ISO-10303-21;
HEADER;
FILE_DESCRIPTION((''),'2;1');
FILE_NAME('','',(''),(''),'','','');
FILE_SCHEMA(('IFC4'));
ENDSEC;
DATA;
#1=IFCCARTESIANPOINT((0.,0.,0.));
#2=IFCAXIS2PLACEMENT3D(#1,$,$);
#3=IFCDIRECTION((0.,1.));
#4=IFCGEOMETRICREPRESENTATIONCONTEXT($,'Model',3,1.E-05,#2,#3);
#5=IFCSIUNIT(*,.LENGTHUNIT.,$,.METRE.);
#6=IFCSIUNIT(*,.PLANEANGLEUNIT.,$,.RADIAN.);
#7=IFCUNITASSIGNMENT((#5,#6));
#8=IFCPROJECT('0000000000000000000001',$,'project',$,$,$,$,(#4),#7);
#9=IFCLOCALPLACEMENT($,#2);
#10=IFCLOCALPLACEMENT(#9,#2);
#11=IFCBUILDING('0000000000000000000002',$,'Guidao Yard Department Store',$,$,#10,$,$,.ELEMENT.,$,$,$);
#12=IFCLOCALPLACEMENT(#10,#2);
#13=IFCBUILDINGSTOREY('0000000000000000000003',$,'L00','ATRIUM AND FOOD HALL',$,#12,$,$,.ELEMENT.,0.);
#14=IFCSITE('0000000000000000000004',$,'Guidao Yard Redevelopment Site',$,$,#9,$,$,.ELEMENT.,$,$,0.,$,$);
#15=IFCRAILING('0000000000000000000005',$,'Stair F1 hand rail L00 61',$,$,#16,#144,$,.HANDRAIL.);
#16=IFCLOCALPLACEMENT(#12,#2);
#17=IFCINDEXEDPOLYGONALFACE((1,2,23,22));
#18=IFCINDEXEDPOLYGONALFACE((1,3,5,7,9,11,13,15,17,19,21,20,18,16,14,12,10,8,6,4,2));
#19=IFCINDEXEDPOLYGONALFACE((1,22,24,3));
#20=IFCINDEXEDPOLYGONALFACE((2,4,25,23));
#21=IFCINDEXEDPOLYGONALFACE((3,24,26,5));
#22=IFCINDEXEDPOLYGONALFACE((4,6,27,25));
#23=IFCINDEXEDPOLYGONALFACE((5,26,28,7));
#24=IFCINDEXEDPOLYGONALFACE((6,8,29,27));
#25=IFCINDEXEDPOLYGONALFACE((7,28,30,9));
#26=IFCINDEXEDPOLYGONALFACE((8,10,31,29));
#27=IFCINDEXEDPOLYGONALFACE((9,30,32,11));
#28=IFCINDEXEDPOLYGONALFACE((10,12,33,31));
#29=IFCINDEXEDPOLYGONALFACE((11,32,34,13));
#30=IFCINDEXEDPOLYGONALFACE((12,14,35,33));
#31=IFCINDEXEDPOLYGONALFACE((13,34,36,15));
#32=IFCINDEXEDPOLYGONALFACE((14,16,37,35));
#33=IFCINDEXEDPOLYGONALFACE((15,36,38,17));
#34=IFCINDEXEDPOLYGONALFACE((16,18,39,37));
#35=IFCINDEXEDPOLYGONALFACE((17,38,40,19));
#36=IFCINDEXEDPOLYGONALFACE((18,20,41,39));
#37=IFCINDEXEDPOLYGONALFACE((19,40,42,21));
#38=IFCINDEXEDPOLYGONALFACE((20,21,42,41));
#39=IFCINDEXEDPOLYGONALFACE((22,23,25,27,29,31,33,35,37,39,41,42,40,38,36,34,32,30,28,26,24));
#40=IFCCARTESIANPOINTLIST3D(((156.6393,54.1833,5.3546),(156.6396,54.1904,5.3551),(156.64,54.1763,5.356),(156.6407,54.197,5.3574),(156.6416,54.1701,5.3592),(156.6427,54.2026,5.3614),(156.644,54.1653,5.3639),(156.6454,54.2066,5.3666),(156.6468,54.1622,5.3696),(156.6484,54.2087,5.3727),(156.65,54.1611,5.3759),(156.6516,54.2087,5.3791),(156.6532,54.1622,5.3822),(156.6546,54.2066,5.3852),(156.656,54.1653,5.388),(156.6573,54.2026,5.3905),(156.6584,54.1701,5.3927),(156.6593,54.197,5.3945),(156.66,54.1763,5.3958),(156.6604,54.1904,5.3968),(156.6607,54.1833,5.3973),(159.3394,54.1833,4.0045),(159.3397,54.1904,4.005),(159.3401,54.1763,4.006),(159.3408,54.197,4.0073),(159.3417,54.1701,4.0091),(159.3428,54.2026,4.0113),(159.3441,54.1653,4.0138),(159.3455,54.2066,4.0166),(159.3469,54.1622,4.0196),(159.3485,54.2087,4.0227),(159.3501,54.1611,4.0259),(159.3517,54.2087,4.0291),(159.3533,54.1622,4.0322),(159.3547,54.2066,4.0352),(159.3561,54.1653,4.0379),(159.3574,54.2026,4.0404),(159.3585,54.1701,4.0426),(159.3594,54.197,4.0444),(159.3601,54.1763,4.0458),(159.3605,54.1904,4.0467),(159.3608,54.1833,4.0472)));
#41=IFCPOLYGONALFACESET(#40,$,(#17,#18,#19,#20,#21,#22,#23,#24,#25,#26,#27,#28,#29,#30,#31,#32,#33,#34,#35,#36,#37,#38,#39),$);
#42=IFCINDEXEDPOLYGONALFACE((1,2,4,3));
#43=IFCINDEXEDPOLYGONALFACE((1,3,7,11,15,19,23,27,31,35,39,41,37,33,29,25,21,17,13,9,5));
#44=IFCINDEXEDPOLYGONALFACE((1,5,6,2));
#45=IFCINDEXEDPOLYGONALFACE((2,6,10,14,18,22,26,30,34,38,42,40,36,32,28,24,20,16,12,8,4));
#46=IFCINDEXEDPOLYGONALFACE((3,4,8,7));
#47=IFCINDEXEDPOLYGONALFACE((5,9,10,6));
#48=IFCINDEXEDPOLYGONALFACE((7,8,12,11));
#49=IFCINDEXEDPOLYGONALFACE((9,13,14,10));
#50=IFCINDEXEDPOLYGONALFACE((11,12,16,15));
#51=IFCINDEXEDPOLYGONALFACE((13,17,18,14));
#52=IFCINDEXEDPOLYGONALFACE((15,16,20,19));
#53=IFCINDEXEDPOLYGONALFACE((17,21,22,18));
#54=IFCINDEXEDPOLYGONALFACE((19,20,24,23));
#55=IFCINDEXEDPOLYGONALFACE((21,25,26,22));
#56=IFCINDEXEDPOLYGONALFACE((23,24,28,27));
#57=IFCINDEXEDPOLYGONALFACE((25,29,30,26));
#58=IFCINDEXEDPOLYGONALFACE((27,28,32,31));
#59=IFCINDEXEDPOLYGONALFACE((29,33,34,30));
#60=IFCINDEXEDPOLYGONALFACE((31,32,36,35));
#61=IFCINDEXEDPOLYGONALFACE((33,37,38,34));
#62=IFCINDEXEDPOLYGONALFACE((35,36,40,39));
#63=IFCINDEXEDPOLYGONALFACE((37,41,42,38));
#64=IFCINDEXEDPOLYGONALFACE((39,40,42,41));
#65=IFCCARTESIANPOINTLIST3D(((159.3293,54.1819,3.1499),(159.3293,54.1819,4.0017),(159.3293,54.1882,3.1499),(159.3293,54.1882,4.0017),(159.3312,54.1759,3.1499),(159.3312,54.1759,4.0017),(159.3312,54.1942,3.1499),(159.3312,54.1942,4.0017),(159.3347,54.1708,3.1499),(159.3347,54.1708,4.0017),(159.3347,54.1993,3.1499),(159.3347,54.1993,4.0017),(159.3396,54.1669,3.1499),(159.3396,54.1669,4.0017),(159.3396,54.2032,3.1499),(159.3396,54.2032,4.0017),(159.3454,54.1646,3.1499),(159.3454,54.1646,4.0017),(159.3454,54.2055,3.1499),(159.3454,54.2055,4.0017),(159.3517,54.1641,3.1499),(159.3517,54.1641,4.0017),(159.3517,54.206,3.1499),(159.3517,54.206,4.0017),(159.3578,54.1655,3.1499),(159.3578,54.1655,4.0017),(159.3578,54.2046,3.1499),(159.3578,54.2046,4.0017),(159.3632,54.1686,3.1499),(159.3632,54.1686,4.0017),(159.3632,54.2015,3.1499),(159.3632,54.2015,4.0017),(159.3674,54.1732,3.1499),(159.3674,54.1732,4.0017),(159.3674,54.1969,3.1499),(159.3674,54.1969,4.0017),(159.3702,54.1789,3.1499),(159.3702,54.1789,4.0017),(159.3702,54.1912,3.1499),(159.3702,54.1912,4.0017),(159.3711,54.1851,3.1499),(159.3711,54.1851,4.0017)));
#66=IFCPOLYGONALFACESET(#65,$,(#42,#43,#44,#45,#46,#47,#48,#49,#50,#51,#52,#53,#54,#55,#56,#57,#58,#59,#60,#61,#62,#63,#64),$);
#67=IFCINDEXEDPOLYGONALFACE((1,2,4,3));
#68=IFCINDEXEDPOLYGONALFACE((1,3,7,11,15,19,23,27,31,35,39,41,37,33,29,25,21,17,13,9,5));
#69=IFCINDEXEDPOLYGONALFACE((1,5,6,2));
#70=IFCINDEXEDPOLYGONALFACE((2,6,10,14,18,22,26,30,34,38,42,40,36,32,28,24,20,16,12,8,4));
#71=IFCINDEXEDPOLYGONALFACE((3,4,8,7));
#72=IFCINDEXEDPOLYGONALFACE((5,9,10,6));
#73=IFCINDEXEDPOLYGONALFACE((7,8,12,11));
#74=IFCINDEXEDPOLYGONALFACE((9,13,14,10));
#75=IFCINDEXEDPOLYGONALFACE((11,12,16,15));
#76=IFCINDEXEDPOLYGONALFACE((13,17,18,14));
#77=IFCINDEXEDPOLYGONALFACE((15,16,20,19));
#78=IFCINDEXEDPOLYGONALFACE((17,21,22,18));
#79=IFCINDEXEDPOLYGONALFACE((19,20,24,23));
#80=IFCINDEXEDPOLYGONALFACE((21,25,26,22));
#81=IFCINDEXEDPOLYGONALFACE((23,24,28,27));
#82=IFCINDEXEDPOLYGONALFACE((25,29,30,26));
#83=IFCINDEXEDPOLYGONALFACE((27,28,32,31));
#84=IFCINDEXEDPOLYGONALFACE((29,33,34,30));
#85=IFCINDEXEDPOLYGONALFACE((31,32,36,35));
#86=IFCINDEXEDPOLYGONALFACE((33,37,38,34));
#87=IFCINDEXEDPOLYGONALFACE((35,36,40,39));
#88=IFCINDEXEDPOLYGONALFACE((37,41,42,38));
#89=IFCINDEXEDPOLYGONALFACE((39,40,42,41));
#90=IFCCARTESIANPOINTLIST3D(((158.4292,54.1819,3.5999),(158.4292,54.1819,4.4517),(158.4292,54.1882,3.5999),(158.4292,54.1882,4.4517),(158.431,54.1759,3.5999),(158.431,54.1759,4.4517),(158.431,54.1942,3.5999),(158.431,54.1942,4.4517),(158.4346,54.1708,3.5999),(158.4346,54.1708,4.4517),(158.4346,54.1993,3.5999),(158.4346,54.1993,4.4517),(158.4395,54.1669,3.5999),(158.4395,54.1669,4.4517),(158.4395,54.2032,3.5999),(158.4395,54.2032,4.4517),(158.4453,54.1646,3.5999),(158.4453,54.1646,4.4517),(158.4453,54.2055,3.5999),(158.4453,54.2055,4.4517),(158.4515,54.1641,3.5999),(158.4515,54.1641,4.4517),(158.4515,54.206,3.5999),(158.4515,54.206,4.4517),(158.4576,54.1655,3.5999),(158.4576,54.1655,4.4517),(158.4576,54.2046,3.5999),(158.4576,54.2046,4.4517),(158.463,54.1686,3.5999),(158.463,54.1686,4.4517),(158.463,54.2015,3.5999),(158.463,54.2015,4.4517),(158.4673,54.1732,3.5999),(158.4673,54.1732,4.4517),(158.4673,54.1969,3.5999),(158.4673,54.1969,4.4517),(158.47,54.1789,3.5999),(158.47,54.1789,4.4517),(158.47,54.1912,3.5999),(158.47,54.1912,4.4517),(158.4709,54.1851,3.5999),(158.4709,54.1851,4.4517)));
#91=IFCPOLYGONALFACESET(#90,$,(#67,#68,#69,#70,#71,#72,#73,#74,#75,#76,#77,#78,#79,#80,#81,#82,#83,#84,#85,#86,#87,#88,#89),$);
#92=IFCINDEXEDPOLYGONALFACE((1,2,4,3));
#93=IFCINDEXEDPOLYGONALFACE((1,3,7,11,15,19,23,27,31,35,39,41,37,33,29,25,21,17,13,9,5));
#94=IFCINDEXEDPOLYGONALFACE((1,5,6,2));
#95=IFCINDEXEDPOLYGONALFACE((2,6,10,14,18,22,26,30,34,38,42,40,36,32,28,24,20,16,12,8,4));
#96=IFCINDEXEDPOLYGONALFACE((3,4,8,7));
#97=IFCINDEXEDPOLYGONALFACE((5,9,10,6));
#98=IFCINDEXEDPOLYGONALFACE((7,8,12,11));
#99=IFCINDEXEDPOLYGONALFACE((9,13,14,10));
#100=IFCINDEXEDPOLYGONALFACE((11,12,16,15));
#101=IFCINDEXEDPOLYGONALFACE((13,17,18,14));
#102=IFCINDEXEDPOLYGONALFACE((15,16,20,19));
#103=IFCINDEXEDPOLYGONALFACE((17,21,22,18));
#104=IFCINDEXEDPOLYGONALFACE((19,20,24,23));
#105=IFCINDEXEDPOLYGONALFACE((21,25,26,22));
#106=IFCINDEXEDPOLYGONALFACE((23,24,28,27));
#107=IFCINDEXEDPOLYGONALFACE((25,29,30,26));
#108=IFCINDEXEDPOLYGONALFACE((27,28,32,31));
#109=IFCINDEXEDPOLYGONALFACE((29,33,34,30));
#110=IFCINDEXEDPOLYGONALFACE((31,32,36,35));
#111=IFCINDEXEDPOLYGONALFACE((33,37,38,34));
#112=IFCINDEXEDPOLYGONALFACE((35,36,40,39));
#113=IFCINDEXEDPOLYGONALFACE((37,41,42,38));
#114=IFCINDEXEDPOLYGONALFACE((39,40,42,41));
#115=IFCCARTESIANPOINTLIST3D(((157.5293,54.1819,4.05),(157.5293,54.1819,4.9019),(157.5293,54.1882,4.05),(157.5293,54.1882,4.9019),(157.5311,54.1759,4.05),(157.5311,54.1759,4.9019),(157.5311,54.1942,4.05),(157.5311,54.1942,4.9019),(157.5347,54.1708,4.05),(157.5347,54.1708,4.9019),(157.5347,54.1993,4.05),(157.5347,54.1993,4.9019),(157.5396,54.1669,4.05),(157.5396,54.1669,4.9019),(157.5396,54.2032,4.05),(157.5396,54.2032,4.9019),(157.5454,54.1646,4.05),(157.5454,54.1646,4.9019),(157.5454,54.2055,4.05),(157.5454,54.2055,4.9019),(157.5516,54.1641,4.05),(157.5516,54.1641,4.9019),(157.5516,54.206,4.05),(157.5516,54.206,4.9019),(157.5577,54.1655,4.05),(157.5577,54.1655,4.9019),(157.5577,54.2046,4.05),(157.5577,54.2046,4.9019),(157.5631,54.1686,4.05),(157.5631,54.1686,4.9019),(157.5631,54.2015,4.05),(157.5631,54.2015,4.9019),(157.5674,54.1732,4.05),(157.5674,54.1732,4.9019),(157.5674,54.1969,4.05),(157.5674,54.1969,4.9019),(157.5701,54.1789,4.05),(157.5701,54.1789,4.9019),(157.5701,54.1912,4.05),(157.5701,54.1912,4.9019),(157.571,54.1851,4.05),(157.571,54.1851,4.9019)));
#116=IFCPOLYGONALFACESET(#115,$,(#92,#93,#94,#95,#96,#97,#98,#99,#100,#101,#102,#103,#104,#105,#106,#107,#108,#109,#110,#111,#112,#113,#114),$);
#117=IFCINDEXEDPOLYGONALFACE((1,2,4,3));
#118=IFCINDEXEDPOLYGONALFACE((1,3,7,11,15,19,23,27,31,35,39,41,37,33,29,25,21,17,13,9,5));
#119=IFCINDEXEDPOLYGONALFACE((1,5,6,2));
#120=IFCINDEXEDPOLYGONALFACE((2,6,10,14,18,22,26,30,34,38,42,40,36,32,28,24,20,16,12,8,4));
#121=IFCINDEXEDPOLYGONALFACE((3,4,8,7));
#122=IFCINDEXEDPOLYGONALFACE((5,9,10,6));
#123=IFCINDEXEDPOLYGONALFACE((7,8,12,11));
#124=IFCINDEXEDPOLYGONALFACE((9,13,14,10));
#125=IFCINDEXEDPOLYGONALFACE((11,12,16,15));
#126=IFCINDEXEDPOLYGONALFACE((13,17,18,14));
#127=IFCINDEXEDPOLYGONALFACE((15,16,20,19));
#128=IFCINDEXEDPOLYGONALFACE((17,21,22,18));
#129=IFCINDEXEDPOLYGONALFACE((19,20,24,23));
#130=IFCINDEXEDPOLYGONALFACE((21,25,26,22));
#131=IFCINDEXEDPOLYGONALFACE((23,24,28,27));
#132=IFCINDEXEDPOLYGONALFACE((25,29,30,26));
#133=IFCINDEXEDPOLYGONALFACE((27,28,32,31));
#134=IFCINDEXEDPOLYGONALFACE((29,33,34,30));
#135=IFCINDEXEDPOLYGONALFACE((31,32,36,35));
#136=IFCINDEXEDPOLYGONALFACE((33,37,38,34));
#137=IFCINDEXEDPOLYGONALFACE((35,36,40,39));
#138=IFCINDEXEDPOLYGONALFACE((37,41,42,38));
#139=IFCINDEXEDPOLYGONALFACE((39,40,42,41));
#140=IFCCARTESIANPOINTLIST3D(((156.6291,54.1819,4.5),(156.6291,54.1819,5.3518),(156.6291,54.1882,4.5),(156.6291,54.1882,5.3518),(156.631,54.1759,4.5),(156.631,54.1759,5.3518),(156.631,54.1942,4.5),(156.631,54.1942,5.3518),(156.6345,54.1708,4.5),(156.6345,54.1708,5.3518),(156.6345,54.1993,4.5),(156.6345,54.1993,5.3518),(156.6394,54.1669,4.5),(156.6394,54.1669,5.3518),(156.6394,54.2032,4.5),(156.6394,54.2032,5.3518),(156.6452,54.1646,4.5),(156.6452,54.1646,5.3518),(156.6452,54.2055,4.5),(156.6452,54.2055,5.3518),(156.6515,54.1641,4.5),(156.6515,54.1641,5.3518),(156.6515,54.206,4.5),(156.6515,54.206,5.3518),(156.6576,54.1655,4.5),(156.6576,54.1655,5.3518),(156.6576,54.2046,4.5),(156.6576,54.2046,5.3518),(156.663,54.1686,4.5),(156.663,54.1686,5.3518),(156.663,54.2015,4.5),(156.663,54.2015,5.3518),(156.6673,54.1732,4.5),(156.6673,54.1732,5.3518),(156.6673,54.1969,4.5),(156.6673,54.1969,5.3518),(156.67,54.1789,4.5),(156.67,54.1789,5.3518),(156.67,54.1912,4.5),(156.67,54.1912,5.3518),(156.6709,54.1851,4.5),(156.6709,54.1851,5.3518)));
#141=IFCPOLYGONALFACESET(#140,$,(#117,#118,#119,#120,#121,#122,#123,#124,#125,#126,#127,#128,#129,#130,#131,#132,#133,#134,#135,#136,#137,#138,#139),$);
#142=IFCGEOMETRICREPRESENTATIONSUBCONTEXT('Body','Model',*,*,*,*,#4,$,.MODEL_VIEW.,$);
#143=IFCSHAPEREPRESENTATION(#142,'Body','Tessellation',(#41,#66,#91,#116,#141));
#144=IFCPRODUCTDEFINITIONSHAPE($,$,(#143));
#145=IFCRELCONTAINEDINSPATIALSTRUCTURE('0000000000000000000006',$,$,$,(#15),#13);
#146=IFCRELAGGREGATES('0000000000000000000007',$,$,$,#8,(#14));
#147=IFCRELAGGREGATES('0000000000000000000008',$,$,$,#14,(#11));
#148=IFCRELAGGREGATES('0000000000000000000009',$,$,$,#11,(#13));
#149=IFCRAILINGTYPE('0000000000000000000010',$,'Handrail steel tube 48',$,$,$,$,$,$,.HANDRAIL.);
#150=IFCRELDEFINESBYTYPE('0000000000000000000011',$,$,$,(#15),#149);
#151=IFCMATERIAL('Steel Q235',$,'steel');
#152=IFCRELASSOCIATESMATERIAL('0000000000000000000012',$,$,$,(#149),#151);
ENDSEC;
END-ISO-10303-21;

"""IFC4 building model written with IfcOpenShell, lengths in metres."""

from ifc_helpers import new_model, si_unit, direction, frame, origin, origin_2d, place, context, subcontext, project, spatial, circle, extrude, material, type_object, element, save


model = new_model("IFC4")

# Units and contexts
model_context = context("Model", 3, precision=1e-05, world=origin(), true_north=direction((0.0, 1.0)))
body_context = subcontext(model_context, "Body", "Model", "MODEL_VIEW")
ifc_project = project(units=[si_unit("LENGTHUNIT", "METRE"), si_unit("PLANEANGLEUNIT", "RADIAN")], contexts=[model_context])

# Site, building, storey
site_placement = place(None, origin())
site = spatial("IfcSite", under=ifc_project, at=site_placement, Name="Guidao Yard Redevelopment Site", CompositionType="ELEMENT", RefElevation=0.0)
building_placement = place(site_placement, origin())
building = spatial("IfcBuilding", under=site, at=building_placement, Name="Guidao Yard Department Store", CompositionType="ELEMENT")
storey_placement = place(building_placement, origin())
storey = spatial("IfcBuildingStorey", under=building, at=storey_placement, Name="L00", Description="ATRIUM AND FOOD HALL", CompositionType="ELEMENT", Elevation=0.0)

# Railing
ifc_material_1 = material(Name="Steel Q235", Category="steel")
railing_type = type_object("IfcRailingType", Name="Handrail steel tube 48", PredefinedType="HANDRAIL", material=ifc_material_1)
for number, where, name in (
    (1, (159.3501, 54.1851, 3.1499), "Stair F1 hand rail L00 61"),
):
    element("IfcRailing", number, at=place(storey_placement, frame(where)), inside=storey, type_object=railing_type, Name=name, PredefinedType="HANDRAIL", context=body_context, shape_type="SweptSolid", body=[
        extrude(circle(Radius=0.0239, at=origin_2d()), frame((0.0, 0.0, 0.876), z_axis=(-0.894427, 0.0, 0.447214), x_axis=(0.0, -1.0, 0.0)), (0.0, 0.0, 1.0), 3.0188),
        extrude(circle(Radius=0.021, at=origin_2d()), origin(), (0.0, 0.0, 1.0), 0.8518),
        extrude(circle(Radius=0.021, at=origin_2d()), frame((-0.9001, 0.0, 0.45)), (0.0, 0.0, 1.0), 0.8518),
        extrude(circle(Radius=0.021, at=origin_2d()), frame((-1.8, 0.0, 0.9001)), (0.0, 0.0, 1.0), 0.8518),
        extrude(circle(Radius=0.021, at=origin_2d()), frame((-2.7002, 0.0, 1.3501)), (0.0, 0.0, 1.0), 0.8518),
    ])

save(model, "model.ifc")
